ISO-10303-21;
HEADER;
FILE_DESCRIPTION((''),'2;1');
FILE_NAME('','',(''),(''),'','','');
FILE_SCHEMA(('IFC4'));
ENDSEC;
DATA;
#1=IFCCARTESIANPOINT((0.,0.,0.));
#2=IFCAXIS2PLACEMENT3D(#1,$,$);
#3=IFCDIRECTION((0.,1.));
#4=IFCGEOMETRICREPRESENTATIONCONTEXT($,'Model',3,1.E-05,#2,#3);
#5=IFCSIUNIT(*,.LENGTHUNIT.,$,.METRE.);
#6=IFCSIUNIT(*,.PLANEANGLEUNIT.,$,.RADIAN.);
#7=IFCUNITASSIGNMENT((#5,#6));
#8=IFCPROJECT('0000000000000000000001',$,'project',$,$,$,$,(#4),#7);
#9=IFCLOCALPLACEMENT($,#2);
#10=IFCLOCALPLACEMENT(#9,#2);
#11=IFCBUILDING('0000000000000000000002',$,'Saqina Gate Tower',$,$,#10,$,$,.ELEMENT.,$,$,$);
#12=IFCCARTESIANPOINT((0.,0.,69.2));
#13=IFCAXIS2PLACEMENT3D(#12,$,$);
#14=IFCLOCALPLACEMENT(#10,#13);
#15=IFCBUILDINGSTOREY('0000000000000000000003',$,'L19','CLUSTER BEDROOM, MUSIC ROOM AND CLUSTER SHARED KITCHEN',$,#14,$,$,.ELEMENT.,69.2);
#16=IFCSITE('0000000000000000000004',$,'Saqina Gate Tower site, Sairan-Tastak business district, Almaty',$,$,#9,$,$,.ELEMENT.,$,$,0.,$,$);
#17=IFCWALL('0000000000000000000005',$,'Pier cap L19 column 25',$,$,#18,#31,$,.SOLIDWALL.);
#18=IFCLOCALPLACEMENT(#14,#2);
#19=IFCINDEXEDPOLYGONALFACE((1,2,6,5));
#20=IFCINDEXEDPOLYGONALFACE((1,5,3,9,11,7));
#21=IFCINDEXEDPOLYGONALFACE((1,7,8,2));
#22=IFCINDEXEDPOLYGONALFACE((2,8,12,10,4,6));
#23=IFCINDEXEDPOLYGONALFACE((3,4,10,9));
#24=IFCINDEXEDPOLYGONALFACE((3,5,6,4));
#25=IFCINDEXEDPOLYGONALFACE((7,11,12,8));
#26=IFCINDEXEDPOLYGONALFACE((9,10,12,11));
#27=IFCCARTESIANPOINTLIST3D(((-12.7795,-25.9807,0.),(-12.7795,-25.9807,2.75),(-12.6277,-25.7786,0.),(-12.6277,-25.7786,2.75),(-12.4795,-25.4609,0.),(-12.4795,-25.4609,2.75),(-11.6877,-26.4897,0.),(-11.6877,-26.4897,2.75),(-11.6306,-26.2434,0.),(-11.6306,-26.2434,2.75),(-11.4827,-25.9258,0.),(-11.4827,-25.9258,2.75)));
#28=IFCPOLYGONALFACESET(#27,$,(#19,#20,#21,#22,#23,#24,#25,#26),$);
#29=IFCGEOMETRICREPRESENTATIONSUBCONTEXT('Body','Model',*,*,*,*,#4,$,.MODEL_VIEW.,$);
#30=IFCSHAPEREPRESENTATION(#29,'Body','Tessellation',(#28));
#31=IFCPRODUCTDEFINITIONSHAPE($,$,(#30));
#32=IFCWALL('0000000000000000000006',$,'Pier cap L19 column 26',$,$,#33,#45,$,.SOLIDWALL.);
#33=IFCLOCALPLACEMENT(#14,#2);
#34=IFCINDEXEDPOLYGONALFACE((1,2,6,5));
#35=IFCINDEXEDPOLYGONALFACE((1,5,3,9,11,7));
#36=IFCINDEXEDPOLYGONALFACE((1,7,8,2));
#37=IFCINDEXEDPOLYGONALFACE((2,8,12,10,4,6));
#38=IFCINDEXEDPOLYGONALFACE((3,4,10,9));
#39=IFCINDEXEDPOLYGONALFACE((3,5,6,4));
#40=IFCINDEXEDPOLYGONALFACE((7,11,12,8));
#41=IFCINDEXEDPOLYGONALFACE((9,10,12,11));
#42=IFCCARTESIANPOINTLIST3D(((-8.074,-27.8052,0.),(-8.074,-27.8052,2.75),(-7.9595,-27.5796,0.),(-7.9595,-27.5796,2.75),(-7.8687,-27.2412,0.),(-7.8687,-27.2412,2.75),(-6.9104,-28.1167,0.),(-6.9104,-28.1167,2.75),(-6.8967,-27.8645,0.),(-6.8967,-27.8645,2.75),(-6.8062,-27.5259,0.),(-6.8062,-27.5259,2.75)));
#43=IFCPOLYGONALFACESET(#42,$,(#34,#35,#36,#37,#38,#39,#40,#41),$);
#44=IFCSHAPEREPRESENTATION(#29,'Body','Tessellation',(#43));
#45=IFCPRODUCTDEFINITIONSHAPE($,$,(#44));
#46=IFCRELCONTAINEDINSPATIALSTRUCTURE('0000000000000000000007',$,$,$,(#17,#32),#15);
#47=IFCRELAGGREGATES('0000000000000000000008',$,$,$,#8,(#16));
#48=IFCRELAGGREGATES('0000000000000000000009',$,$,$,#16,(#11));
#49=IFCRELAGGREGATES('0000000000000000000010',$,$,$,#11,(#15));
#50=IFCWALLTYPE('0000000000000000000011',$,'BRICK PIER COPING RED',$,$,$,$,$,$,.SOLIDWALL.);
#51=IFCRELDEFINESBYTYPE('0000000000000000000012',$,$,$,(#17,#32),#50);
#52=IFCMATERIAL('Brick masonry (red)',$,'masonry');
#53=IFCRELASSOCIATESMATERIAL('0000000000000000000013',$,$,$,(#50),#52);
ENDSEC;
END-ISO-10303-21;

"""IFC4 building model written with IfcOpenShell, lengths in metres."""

from ifc_helpers import new_model, si_unit, direction, frame, origin, place, context, subcontext, project, spatial, polyline, outline, extrude, material, type_object, element, save


model = new_model("IFC4")

# Units and contexts
model_context = context("Model", 3, precision=1e-05, world=origin(), true_north=direction((0.0, 1.0)))
body_context = subcontext(model_context, "Body", "Model", "MODEL_VIEW")
ifc_project = project(units=[si_unit("LENGTHUNIT", "METRE"), si_unit("PLANEANGLEUNIT", "RADIAN")], contexts=[model_context])

# Site, building, storey
site_placement = place(None, origin())
site = spatial("IfcSite", under=ifc_project, at=site_placement, Name="Saqina Gate Tower site, Sairan-Tastak business district, Almaty", CompositionType="ELEMENT", RefElevation=0.0)
building_placement = place(site_placement, origin())
building = spatial("IfcBuilding", under=site, at=building_placement, Name="Saqina Gate Tower", CompositionType="ELEMENT")
storey_placement = place(building_placement, frame((0.0, 0.0, 69.2)))
storey = spatial("IfcBuildingStorey", under=building, at=storey_placement, Name="L19", Description="CLUSTER BEDROOM, MUSIC ROOM AND CLUSTER SHARED KITCHEN", CompositionType="ELEMENT", Elevation=69.2)

# Walls
ifc_material_1 = material(Name="Brick masonry (red)", Category="masonry")
wall_type = type_object("IfcWallType", Name="BRICK PIER COPING RED", PredefinedType="SOLIDWALL", material=ifc_material_1)
wall_1_placement = place(storey_placement, origin())
element("IfcWall", 1, at=wall_1_placement, inside=storey, type_object=wall_type, Name="Pier cap L19 column 25", PredefinedType="SOLIDWALL", context=body_context, shape_type="SweptSolid", body=[
    extrude(outline(polyline([(-11.6877, -26.4897), (-11.4827, -25.9258), (-11.6306, -26.2434), (-12.6277, -25.7786), (-12.4795, -25.4609), (-12.7795, -25.9807), (-11.6877, -26.4897)])), origin(), (0.0, 0.0, 1.0), 2.75),
])
wall_2_placement = place(storey_placement, origin())
element("IfcWall", 2, at=wall_2_placement, inside=storey, type_object=wall_type, Name="Pier cap L19 column 26", PredefinedType="SOLIDWALL", context=body_context, shape_type="SweptSolid", body=[
    extrude(outline(polyline([(-6.9104, -28.1167), (-6.8062, -27.5259), (-6.8967, -27.8645), (-7.9595, -27.5796), (-7.8687, -27.2412), (-8.074, -27.8052), (-6.9104, -28.1167)])), origin(), (0.0, 0.0, 1.0), 2.75),
])

save(model, "model.ifc")
